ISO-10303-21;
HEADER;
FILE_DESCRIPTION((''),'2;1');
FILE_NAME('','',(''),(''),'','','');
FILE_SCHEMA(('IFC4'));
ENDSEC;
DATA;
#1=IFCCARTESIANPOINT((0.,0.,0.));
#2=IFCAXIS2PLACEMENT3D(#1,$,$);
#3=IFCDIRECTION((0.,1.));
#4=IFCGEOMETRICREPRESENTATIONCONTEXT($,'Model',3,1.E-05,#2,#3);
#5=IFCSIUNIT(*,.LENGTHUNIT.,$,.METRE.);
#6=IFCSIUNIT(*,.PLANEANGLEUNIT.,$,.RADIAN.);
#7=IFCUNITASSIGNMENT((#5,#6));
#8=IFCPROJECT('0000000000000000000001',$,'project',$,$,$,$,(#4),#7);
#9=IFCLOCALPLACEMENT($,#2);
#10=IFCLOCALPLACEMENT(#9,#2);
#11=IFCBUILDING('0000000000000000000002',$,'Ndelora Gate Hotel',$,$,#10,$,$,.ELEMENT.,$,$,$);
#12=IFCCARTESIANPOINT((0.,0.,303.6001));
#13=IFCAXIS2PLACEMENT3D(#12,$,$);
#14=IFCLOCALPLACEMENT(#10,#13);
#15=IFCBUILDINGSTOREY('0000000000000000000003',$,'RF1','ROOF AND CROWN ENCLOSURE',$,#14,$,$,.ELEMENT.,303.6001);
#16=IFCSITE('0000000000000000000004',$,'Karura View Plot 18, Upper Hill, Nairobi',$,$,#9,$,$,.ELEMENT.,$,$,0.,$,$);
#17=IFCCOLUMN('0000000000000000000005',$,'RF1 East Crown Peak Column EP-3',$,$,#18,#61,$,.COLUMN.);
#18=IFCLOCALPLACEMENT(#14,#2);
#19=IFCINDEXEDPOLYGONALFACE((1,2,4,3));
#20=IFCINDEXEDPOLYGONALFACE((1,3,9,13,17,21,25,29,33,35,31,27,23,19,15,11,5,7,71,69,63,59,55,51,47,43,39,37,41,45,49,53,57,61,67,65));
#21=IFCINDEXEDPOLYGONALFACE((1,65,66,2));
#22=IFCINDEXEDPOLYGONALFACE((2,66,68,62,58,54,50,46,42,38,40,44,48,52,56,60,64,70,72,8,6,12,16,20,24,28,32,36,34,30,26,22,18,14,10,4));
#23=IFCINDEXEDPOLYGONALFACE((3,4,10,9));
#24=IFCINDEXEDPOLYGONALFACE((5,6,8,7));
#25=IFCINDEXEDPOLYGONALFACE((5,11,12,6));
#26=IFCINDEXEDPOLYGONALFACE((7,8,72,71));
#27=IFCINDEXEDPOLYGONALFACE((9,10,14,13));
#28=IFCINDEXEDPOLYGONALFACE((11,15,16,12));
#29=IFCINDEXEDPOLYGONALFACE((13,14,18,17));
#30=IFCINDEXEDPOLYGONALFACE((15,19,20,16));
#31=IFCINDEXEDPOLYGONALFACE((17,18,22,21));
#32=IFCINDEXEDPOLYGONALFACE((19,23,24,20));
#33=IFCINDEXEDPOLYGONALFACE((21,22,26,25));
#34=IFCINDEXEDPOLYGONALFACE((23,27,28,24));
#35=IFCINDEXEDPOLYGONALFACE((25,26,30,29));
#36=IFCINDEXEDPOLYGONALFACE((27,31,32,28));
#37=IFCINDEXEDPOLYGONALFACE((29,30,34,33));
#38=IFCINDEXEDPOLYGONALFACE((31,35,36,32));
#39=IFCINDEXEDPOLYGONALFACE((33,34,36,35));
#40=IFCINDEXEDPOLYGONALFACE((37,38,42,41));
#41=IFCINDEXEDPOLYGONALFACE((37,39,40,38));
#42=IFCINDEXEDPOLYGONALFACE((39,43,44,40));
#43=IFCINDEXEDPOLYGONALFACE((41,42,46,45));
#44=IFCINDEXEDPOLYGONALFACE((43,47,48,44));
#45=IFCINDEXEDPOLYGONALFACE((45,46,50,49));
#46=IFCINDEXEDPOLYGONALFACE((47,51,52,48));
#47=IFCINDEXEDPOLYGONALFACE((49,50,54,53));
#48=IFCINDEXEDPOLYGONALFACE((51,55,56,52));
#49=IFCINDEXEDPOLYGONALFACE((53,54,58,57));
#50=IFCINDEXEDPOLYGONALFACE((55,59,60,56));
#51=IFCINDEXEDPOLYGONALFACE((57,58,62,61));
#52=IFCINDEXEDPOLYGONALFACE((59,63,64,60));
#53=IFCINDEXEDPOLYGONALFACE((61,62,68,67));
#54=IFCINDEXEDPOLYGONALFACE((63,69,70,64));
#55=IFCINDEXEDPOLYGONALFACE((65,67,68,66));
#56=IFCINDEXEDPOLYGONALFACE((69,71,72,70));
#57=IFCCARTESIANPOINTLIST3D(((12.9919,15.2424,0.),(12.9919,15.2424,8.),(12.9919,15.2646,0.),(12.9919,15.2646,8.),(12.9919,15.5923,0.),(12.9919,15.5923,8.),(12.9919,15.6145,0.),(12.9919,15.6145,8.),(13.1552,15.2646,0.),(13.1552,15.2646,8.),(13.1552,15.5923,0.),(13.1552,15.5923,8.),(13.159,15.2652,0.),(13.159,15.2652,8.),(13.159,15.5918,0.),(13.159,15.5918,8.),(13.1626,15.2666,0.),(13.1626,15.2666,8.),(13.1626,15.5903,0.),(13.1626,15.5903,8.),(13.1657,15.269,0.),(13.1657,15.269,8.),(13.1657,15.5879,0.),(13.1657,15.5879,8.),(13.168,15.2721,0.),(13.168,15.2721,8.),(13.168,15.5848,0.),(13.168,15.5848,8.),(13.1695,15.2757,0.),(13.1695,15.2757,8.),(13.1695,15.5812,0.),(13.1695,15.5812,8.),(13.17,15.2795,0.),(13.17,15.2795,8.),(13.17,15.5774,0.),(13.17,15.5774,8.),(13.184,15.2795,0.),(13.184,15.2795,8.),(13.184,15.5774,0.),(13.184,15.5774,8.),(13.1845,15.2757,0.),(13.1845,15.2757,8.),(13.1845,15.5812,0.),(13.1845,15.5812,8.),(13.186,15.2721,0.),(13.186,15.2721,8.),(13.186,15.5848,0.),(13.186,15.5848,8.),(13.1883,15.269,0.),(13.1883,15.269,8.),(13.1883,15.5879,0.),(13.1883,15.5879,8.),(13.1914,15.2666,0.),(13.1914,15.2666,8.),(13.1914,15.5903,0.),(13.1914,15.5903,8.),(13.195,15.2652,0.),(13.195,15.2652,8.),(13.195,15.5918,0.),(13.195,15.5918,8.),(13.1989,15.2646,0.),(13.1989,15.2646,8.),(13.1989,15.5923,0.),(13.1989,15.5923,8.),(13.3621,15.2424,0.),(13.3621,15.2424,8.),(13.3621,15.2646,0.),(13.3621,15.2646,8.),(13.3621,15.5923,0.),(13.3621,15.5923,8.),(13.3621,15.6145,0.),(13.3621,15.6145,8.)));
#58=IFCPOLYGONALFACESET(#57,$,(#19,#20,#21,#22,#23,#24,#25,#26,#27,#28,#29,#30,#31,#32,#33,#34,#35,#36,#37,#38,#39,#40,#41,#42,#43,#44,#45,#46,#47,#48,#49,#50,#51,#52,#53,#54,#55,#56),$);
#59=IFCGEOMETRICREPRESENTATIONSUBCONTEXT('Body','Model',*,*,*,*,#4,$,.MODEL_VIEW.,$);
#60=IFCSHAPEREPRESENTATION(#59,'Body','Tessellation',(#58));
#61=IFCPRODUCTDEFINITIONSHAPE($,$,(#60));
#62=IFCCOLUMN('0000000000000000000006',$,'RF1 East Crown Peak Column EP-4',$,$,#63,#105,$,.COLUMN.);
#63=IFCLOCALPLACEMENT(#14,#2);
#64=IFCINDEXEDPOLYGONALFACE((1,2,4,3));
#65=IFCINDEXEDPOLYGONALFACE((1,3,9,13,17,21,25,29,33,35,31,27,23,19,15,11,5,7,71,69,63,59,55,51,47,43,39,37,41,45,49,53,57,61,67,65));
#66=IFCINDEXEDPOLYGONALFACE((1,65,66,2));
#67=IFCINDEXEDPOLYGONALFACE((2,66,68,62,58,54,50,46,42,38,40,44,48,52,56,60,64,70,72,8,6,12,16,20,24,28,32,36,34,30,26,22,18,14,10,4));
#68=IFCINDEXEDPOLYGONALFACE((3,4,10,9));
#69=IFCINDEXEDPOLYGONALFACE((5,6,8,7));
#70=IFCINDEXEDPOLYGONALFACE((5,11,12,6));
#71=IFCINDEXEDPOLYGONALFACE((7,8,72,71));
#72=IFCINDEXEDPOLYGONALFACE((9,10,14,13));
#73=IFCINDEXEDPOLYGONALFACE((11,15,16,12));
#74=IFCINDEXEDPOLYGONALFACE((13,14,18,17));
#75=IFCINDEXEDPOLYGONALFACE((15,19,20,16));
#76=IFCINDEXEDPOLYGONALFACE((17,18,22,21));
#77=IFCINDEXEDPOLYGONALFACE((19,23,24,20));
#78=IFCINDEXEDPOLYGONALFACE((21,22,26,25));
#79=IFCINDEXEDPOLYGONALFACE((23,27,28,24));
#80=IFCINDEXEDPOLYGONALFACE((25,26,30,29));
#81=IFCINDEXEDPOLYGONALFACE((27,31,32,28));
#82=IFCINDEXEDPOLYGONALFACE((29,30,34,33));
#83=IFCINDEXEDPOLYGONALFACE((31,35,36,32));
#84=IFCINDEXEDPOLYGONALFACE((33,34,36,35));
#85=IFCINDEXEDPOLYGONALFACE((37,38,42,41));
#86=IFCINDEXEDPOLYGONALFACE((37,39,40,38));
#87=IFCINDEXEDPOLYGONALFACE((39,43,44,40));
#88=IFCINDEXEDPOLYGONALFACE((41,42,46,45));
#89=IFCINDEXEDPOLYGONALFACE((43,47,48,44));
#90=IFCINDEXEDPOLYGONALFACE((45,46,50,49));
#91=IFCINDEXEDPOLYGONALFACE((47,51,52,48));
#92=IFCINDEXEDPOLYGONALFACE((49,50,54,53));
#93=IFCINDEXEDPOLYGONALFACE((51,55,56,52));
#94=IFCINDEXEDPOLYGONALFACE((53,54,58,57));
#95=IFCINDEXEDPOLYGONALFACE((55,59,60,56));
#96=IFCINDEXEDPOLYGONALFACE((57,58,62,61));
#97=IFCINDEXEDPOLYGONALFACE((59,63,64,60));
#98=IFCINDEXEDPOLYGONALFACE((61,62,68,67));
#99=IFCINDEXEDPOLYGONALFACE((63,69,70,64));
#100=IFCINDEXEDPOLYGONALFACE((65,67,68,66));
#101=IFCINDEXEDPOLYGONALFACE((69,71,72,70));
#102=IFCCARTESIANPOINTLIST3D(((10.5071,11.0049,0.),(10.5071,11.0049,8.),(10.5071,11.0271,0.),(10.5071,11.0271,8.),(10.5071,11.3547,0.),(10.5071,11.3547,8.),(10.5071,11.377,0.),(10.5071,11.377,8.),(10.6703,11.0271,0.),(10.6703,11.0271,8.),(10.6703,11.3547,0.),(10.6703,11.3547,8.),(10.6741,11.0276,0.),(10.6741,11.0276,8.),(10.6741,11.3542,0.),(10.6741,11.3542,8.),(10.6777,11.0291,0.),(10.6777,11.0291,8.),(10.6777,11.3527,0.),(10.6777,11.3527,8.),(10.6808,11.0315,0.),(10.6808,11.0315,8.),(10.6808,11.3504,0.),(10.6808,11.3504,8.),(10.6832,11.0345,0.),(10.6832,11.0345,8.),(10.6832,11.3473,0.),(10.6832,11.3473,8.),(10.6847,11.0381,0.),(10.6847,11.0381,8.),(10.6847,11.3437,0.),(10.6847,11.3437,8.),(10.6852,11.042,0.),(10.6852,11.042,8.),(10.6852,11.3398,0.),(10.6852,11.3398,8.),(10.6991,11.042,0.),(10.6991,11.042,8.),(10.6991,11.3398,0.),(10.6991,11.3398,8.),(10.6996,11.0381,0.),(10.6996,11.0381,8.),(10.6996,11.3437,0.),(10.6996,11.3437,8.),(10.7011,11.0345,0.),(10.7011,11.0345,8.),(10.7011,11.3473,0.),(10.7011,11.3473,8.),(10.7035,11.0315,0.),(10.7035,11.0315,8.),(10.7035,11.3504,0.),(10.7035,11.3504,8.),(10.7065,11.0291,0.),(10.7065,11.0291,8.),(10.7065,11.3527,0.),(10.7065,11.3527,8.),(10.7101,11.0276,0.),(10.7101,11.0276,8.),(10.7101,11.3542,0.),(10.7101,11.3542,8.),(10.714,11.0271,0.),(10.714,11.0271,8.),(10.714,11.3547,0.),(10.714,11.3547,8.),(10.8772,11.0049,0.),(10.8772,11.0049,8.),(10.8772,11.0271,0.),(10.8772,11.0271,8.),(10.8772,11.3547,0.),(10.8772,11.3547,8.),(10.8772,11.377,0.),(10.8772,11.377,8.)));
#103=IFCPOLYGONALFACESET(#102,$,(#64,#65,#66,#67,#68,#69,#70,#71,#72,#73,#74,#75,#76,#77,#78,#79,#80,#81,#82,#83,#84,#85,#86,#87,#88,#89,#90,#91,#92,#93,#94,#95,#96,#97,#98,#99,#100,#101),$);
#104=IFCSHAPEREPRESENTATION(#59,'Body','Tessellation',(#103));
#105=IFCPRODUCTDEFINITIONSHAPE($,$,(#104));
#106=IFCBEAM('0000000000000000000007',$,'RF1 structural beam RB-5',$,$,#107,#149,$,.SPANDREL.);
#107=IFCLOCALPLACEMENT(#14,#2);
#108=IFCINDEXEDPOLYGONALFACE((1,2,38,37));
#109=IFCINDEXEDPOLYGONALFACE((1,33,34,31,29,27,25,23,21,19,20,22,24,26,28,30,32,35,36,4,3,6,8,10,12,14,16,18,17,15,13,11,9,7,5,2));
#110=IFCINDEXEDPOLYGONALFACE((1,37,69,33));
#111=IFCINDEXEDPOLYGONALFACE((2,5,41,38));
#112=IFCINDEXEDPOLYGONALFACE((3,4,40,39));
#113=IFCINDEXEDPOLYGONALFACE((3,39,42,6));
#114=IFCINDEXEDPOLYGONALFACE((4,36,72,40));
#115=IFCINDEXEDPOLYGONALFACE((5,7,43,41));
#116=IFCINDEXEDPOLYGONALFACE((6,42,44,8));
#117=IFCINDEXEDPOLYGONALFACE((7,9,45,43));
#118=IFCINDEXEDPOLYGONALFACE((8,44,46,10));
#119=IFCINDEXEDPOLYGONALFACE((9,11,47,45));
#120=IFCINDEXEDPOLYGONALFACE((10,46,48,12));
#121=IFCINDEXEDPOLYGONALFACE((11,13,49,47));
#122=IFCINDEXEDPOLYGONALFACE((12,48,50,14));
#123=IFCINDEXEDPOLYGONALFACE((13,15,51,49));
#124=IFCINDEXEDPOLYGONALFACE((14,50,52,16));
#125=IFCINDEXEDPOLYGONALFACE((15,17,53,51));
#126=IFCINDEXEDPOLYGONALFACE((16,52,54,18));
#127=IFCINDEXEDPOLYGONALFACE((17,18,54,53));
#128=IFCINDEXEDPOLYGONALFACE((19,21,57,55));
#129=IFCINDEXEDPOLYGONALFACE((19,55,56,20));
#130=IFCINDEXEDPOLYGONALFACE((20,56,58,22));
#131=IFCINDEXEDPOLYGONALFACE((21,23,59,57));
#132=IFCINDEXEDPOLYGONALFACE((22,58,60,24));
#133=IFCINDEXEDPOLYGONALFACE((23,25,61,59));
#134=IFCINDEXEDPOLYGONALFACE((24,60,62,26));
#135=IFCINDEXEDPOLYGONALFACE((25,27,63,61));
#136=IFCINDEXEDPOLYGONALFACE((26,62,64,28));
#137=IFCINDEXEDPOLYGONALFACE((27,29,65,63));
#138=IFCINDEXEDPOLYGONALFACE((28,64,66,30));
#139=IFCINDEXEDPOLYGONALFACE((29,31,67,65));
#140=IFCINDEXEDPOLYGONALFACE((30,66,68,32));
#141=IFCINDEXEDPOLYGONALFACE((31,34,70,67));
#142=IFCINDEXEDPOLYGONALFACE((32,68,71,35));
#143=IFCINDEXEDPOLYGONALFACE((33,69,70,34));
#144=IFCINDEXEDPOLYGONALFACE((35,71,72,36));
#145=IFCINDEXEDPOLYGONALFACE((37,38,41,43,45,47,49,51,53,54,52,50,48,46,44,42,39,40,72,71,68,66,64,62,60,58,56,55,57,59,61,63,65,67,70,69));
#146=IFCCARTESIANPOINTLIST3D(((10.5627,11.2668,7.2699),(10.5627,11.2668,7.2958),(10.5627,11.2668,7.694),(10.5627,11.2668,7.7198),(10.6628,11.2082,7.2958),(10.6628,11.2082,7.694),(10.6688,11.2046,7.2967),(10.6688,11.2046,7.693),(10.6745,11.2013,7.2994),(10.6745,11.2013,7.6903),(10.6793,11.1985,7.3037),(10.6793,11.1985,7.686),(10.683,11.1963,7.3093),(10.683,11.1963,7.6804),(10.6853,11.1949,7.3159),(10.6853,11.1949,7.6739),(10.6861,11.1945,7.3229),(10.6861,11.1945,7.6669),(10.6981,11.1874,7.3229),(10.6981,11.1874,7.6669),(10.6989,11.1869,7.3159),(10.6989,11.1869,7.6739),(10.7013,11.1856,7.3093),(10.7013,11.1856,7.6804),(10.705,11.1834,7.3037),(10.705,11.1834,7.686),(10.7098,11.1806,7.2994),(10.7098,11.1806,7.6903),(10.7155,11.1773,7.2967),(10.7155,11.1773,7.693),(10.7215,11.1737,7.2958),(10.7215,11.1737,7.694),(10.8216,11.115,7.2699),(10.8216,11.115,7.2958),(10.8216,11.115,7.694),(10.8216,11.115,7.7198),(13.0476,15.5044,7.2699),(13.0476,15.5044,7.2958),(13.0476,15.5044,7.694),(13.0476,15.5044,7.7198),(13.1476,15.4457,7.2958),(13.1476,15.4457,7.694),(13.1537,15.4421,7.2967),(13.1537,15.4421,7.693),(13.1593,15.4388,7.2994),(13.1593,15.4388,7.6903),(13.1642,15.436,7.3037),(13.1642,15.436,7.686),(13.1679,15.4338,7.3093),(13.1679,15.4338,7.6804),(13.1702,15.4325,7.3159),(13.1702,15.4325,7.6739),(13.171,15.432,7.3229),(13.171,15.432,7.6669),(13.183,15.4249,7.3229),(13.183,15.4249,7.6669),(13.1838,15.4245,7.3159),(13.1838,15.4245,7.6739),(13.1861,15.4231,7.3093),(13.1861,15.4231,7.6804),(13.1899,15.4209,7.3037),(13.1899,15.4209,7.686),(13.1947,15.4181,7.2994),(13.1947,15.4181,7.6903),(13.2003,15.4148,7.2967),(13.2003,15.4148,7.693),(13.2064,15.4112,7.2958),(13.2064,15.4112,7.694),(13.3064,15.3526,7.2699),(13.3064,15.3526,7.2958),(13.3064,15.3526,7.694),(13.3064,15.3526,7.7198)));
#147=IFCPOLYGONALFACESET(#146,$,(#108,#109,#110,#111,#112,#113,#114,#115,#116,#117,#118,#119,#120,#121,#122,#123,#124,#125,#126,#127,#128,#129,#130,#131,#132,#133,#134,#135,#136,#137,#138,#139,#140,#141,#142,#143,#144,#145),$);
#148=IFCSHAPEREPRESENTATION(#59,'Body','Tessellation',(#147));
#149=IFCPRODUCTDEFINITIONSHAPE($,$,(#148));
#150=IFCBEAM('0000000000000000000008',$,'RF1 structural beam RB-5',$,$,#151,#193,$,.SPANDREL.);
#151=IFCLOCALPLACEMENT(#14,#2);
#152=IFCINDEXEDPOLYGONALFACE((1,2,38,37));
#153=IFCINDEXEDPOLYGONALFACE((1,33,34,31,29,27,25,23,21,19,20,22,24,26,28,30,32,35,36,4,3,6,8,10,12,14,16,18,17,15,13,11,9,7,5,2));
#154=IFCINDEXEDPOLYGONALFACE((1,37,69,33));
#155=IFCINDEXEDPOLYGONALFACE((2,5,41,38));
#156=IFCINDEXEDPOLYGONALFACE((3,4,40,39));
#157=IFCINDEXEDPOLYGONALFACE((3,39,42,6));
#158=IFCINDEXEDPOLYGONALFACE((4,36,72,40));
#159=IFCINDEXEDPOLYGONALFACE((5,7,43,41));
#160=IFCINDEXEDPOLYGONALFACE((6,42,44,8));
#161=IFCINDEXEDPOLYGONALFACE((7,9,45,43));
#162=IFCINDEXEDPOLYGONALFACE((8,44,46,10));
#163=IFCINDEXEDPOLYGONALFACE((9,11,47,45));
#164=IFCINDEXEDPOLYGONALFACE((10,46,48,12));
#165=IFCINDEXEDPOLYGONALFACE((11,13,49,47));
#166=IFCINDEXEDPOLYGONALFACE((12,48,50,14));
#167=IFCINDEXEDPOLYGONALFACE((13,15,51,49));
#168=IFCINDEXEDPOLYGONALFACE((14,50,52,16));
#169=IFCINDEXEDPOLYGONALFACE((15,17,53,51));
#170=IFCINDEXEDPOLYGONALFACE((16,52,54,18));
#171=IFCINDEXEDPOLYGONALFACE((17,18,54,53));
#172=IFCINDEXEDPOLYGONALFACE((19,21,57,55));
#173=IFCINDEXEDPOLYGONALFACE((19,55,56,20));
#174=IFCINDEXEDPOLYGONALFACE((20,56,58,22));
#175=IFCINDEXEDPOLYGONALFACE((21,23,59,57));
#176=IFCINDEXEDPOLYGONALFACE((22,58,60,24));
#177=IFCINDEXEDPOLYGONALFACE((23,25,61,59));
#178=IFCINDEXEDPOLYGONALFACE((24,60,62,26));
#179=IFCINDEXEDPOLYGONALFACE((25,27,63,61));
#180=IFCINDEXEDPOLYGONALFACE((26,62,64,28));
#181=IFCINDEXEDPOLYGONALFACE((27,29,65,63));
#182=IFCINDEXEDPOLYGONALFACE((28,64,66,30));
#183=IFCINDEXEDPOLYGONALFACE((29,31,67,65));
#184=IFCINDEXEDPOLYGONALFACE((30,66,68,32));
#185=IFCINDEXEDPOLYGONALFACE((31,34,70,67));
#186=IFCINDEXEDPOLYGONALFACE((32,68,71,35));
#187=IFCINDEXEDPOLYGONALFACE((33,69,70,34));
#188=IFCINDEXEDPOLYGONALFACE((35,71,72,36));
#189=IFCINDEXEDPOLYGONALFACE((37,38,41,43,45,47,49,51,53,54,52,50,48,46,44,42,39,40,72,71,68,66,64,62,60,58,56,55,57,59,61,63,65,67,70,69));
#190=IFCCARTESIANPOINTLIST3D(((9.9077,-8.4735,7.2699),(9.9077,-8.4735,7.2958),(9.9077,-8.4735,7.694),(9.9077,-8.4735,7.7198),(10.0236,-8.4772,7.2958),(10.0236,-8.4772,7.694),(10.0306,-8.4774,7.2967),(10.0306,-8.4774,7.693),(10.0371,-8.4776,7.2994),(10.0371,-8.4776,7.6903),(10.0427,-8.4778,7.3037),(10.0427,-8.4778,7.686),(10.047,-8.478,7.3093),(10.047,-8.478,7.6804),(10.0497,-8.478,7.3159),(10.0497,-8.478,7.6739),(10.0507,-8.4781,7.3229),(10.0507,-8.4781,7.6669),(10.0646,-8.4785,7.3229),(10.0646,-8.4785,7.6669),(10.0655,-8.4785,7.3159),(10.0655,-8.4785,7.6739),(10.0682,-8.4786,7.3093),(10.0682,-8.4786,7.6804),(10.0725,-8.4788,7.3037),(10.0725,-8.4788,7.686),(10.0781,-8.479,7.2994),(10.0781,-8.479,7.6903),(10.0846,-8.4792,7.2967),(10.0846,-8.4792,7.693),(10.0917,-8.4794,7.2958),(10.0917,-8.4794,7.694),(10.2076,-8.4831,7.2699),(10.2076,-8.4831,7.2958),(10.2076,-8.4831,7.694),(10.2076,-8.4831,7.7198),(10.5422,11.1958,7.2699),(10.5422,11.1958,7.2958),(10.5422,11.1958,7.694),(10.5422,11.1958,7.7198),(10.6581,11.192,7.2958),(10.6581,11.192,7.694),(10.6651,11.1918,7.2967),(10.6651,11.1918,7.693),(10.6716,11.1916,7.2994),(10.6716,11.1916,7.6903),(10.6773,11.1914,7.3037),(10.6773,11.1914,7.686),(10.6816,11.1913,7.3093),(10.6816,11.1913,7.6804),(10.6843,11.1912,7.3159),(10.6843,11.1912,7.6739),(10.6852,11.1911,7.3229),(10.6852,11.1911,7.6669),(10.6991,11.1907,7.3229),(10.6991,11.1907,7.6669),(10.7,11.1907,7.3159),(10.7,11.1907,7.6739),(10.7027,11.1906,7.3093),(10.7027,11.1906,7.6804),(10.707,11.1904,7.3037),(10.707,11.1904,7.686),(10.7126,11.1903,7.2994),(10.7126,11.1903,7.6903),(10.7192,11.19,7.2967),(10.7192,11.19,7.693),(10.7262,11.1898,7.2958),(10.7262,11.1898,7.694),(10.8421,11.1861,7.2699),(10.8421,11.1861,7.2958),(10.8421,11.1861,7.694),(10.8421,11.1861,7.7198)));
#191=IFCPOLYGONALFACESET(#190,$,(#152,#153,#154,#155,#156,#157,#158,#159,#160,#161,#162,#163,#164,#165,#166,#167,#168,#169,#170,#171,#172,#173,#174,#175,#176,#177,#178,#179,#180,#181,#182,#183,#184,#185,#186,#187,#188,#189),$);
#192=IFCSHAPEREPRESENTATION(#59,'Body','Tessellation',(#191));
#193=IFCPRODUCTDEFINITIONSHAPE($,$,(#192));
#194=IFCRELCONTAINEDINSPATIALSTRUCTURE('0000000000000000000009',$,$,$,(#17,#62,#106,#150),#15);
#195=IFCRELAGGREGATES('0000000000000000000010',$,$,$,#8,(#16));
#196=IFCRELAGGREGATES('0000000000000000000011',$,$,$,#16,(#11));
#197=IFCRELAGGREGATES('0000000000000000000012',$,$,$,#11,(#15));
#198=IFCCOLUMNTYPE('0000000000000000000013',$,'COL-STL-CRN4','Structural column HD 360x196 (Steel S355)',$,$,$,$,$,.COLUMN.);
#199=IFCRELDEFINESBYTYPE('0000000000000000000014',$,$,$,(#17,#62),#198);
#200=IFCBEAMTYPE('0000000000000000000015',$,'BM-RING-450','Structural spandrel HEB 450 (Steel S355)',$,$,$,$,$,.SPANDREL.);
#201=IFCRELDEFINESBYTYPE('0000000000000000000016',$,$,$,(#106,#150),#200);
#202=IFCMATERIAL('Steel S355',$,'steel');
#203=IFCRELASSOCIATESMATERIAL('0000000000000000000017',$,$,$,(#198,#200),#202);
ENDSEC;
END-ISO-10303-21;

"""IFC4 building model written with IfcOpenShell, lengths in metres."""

from ifc_helpers import new_model, si_unit, direction, frame, origin, origin_2d, place, context, subcontext, project, spatial, i_section, extrude, material, material_profile, profile_set, type_object, element, save


model = new_model("IFC4")

# Units and contexts
model_context = context("Model", 3, precision=1e-05, world=origin(), true_north=direction((0.0, 1.0)))
body_context = subcontext(model_context, "Body", "Model", "MODEL_VIEW")
ifc_project = project(units=[si_unit("LENGTHUNIT", "METRE"), si_unit("PLANEANGLEUNIT", "RADIAN")], contexts=[model_context])

# Site, building, storey
site_placement = place(None, origin())
site = spatial("IfcSite", under=ifc_project, at=site_placement, Name="Karura View Plot 18, Upper Hill, Nairobi", CompositionType="ELEMENT", RefElevation=0.0)
building_placement = place(site_placement, origin())
building = spatial("IfcBuilding", under=site, at=building_placement, Name="Ndelora Gate Hotel", CompositionType="ELEMENT")
storey_placement = place(building_placement, frame((0.0, 0.0, 303.6001)))
storey = spatial("IfcBuildingStorey", under=building, at=storey_placement, Name="RF1", Description="ROOF AND CROWN ENCLOSURE", CompositionType="ELEMENT", Elevation=303.6001)

# Columns
ifc_material_1 = material(Name="Steel S355", Category="steel")
ifc_material_profile_1 = material_profile(ifc_material_1, i_section(OverallWidth=0.3701, OverallDepth=0.3721, WebThickness=0.0139, FlangeThickness=0.0222, FilletRadius=0.0149, at=origin_2d()), Name="HD 360x196")
ifc_profile_set_1 = profile_set([ifc_material_profile_1], Name="Steel S355")
column_type = type_object("IfcColumnType", Name="COL-STL-CRN4", Description="Structural column HD 360x196 (Steel S355)", PredefinedType="COLUMN", material=ifc_profile_set_1)
for number, where, z_axis, x_axis, name in (
    (1, (13.177, 15.4285, 0.0), (0.0, 0.0, 1.0), (1.0, 0.0, 0.0), "RF1 East Crown Peak Column EP-3"),
    (2, (10.6921, 11.1909, 0.0), (0.0, 0.0, 1.0), (1.0, 0.0, 0.0), "RF1 East Crown Peak Column EP-4"),
):
    element("IfcColumn", number, at=place(storey_placement, frame(where, z_axis=z_axis, x_axis=x_axis)), inside=storey, type_object=column_type, Name=name, PredefinedType="COLUMN", context=body_context, shape_type="SweptSolid", body=[
        extrude(i_section(OverallWidth=0.3701, OverallDepth=0.3721, WebThickness=0.0139, FlangeThickness=0.0222, FilletRadius=0.0149, at=origin_2d()), origin(), (0.0, 0.0, 1.0), 8.0),
    ])

# Beams
ifc_material_profile_2 = material_profile(ifc_material_1, i_section(OverallWidth=0.3, OverallDepth=0.45, WebThickness=0.0139, FlangeThickness=0.0259, FilletRadius=0.0271, at=origin_2d()), Name="HEB 450")
ifc_profile_set_2 = profile_set([ifc_material_profile_2], Name="Steel S355")
beam_type = type_object("IfcBeamType", Name="BM-RING-450", Description="Structural spandrel HEB 450 (Steel S355)", PredefinedType="SPANDREL", material=ifc_profile_set_2)
beam_1_placement = place(storey_placement, frame((13.177, 15.4285, 7.4949), z_axis=(-0.505838, -0.862628, 0.0), x_axis=(0.862628, -0.505838, 0.0)))
element("IfcBeam", 3, at=beam_1_placement, inside=storey, type_object=beam_type, Name="RF1 structural beam RB-5", PredefinedType="SPANDREL", context=body_context, shape_type="SweptSolid", body=[
    extrude(i_section(OverallWidth=0.3, OverallDepth=0.45, WebThickness=0.0139, FlangeThickness=0.0259, FilletRadius=0.0271, at=origin_2d()), origin(), (0.0, 0.0, 1.0), 4.9124),
])
beam_2_placement = place(storey_placement, frame((10.6921, 11.1909, 7.4949), z_axis=(-0.032243, -0.99948, 0.0), x_axis=(0.99948, -0.032243, 0.0)))
element("IfcBeam", 4, at=beam_2_placement, inside=storey, type_object=beam_type, Name="RF1 structural beam RB-5", PredefinedType="SPANDREL", context=body_context, shape_type="SweptSolid", body=[
    extrude(i_section(OverallWidth=0.3, OverallDepth=0.45, WebThickness=0.0139, FlangeThickness=0.0259, FilletRadius=0.0271, at=origin_2d()), origin(), (0.0, 0.0, 1.0), 19.6794),
])

save(model, "model.ifc")
